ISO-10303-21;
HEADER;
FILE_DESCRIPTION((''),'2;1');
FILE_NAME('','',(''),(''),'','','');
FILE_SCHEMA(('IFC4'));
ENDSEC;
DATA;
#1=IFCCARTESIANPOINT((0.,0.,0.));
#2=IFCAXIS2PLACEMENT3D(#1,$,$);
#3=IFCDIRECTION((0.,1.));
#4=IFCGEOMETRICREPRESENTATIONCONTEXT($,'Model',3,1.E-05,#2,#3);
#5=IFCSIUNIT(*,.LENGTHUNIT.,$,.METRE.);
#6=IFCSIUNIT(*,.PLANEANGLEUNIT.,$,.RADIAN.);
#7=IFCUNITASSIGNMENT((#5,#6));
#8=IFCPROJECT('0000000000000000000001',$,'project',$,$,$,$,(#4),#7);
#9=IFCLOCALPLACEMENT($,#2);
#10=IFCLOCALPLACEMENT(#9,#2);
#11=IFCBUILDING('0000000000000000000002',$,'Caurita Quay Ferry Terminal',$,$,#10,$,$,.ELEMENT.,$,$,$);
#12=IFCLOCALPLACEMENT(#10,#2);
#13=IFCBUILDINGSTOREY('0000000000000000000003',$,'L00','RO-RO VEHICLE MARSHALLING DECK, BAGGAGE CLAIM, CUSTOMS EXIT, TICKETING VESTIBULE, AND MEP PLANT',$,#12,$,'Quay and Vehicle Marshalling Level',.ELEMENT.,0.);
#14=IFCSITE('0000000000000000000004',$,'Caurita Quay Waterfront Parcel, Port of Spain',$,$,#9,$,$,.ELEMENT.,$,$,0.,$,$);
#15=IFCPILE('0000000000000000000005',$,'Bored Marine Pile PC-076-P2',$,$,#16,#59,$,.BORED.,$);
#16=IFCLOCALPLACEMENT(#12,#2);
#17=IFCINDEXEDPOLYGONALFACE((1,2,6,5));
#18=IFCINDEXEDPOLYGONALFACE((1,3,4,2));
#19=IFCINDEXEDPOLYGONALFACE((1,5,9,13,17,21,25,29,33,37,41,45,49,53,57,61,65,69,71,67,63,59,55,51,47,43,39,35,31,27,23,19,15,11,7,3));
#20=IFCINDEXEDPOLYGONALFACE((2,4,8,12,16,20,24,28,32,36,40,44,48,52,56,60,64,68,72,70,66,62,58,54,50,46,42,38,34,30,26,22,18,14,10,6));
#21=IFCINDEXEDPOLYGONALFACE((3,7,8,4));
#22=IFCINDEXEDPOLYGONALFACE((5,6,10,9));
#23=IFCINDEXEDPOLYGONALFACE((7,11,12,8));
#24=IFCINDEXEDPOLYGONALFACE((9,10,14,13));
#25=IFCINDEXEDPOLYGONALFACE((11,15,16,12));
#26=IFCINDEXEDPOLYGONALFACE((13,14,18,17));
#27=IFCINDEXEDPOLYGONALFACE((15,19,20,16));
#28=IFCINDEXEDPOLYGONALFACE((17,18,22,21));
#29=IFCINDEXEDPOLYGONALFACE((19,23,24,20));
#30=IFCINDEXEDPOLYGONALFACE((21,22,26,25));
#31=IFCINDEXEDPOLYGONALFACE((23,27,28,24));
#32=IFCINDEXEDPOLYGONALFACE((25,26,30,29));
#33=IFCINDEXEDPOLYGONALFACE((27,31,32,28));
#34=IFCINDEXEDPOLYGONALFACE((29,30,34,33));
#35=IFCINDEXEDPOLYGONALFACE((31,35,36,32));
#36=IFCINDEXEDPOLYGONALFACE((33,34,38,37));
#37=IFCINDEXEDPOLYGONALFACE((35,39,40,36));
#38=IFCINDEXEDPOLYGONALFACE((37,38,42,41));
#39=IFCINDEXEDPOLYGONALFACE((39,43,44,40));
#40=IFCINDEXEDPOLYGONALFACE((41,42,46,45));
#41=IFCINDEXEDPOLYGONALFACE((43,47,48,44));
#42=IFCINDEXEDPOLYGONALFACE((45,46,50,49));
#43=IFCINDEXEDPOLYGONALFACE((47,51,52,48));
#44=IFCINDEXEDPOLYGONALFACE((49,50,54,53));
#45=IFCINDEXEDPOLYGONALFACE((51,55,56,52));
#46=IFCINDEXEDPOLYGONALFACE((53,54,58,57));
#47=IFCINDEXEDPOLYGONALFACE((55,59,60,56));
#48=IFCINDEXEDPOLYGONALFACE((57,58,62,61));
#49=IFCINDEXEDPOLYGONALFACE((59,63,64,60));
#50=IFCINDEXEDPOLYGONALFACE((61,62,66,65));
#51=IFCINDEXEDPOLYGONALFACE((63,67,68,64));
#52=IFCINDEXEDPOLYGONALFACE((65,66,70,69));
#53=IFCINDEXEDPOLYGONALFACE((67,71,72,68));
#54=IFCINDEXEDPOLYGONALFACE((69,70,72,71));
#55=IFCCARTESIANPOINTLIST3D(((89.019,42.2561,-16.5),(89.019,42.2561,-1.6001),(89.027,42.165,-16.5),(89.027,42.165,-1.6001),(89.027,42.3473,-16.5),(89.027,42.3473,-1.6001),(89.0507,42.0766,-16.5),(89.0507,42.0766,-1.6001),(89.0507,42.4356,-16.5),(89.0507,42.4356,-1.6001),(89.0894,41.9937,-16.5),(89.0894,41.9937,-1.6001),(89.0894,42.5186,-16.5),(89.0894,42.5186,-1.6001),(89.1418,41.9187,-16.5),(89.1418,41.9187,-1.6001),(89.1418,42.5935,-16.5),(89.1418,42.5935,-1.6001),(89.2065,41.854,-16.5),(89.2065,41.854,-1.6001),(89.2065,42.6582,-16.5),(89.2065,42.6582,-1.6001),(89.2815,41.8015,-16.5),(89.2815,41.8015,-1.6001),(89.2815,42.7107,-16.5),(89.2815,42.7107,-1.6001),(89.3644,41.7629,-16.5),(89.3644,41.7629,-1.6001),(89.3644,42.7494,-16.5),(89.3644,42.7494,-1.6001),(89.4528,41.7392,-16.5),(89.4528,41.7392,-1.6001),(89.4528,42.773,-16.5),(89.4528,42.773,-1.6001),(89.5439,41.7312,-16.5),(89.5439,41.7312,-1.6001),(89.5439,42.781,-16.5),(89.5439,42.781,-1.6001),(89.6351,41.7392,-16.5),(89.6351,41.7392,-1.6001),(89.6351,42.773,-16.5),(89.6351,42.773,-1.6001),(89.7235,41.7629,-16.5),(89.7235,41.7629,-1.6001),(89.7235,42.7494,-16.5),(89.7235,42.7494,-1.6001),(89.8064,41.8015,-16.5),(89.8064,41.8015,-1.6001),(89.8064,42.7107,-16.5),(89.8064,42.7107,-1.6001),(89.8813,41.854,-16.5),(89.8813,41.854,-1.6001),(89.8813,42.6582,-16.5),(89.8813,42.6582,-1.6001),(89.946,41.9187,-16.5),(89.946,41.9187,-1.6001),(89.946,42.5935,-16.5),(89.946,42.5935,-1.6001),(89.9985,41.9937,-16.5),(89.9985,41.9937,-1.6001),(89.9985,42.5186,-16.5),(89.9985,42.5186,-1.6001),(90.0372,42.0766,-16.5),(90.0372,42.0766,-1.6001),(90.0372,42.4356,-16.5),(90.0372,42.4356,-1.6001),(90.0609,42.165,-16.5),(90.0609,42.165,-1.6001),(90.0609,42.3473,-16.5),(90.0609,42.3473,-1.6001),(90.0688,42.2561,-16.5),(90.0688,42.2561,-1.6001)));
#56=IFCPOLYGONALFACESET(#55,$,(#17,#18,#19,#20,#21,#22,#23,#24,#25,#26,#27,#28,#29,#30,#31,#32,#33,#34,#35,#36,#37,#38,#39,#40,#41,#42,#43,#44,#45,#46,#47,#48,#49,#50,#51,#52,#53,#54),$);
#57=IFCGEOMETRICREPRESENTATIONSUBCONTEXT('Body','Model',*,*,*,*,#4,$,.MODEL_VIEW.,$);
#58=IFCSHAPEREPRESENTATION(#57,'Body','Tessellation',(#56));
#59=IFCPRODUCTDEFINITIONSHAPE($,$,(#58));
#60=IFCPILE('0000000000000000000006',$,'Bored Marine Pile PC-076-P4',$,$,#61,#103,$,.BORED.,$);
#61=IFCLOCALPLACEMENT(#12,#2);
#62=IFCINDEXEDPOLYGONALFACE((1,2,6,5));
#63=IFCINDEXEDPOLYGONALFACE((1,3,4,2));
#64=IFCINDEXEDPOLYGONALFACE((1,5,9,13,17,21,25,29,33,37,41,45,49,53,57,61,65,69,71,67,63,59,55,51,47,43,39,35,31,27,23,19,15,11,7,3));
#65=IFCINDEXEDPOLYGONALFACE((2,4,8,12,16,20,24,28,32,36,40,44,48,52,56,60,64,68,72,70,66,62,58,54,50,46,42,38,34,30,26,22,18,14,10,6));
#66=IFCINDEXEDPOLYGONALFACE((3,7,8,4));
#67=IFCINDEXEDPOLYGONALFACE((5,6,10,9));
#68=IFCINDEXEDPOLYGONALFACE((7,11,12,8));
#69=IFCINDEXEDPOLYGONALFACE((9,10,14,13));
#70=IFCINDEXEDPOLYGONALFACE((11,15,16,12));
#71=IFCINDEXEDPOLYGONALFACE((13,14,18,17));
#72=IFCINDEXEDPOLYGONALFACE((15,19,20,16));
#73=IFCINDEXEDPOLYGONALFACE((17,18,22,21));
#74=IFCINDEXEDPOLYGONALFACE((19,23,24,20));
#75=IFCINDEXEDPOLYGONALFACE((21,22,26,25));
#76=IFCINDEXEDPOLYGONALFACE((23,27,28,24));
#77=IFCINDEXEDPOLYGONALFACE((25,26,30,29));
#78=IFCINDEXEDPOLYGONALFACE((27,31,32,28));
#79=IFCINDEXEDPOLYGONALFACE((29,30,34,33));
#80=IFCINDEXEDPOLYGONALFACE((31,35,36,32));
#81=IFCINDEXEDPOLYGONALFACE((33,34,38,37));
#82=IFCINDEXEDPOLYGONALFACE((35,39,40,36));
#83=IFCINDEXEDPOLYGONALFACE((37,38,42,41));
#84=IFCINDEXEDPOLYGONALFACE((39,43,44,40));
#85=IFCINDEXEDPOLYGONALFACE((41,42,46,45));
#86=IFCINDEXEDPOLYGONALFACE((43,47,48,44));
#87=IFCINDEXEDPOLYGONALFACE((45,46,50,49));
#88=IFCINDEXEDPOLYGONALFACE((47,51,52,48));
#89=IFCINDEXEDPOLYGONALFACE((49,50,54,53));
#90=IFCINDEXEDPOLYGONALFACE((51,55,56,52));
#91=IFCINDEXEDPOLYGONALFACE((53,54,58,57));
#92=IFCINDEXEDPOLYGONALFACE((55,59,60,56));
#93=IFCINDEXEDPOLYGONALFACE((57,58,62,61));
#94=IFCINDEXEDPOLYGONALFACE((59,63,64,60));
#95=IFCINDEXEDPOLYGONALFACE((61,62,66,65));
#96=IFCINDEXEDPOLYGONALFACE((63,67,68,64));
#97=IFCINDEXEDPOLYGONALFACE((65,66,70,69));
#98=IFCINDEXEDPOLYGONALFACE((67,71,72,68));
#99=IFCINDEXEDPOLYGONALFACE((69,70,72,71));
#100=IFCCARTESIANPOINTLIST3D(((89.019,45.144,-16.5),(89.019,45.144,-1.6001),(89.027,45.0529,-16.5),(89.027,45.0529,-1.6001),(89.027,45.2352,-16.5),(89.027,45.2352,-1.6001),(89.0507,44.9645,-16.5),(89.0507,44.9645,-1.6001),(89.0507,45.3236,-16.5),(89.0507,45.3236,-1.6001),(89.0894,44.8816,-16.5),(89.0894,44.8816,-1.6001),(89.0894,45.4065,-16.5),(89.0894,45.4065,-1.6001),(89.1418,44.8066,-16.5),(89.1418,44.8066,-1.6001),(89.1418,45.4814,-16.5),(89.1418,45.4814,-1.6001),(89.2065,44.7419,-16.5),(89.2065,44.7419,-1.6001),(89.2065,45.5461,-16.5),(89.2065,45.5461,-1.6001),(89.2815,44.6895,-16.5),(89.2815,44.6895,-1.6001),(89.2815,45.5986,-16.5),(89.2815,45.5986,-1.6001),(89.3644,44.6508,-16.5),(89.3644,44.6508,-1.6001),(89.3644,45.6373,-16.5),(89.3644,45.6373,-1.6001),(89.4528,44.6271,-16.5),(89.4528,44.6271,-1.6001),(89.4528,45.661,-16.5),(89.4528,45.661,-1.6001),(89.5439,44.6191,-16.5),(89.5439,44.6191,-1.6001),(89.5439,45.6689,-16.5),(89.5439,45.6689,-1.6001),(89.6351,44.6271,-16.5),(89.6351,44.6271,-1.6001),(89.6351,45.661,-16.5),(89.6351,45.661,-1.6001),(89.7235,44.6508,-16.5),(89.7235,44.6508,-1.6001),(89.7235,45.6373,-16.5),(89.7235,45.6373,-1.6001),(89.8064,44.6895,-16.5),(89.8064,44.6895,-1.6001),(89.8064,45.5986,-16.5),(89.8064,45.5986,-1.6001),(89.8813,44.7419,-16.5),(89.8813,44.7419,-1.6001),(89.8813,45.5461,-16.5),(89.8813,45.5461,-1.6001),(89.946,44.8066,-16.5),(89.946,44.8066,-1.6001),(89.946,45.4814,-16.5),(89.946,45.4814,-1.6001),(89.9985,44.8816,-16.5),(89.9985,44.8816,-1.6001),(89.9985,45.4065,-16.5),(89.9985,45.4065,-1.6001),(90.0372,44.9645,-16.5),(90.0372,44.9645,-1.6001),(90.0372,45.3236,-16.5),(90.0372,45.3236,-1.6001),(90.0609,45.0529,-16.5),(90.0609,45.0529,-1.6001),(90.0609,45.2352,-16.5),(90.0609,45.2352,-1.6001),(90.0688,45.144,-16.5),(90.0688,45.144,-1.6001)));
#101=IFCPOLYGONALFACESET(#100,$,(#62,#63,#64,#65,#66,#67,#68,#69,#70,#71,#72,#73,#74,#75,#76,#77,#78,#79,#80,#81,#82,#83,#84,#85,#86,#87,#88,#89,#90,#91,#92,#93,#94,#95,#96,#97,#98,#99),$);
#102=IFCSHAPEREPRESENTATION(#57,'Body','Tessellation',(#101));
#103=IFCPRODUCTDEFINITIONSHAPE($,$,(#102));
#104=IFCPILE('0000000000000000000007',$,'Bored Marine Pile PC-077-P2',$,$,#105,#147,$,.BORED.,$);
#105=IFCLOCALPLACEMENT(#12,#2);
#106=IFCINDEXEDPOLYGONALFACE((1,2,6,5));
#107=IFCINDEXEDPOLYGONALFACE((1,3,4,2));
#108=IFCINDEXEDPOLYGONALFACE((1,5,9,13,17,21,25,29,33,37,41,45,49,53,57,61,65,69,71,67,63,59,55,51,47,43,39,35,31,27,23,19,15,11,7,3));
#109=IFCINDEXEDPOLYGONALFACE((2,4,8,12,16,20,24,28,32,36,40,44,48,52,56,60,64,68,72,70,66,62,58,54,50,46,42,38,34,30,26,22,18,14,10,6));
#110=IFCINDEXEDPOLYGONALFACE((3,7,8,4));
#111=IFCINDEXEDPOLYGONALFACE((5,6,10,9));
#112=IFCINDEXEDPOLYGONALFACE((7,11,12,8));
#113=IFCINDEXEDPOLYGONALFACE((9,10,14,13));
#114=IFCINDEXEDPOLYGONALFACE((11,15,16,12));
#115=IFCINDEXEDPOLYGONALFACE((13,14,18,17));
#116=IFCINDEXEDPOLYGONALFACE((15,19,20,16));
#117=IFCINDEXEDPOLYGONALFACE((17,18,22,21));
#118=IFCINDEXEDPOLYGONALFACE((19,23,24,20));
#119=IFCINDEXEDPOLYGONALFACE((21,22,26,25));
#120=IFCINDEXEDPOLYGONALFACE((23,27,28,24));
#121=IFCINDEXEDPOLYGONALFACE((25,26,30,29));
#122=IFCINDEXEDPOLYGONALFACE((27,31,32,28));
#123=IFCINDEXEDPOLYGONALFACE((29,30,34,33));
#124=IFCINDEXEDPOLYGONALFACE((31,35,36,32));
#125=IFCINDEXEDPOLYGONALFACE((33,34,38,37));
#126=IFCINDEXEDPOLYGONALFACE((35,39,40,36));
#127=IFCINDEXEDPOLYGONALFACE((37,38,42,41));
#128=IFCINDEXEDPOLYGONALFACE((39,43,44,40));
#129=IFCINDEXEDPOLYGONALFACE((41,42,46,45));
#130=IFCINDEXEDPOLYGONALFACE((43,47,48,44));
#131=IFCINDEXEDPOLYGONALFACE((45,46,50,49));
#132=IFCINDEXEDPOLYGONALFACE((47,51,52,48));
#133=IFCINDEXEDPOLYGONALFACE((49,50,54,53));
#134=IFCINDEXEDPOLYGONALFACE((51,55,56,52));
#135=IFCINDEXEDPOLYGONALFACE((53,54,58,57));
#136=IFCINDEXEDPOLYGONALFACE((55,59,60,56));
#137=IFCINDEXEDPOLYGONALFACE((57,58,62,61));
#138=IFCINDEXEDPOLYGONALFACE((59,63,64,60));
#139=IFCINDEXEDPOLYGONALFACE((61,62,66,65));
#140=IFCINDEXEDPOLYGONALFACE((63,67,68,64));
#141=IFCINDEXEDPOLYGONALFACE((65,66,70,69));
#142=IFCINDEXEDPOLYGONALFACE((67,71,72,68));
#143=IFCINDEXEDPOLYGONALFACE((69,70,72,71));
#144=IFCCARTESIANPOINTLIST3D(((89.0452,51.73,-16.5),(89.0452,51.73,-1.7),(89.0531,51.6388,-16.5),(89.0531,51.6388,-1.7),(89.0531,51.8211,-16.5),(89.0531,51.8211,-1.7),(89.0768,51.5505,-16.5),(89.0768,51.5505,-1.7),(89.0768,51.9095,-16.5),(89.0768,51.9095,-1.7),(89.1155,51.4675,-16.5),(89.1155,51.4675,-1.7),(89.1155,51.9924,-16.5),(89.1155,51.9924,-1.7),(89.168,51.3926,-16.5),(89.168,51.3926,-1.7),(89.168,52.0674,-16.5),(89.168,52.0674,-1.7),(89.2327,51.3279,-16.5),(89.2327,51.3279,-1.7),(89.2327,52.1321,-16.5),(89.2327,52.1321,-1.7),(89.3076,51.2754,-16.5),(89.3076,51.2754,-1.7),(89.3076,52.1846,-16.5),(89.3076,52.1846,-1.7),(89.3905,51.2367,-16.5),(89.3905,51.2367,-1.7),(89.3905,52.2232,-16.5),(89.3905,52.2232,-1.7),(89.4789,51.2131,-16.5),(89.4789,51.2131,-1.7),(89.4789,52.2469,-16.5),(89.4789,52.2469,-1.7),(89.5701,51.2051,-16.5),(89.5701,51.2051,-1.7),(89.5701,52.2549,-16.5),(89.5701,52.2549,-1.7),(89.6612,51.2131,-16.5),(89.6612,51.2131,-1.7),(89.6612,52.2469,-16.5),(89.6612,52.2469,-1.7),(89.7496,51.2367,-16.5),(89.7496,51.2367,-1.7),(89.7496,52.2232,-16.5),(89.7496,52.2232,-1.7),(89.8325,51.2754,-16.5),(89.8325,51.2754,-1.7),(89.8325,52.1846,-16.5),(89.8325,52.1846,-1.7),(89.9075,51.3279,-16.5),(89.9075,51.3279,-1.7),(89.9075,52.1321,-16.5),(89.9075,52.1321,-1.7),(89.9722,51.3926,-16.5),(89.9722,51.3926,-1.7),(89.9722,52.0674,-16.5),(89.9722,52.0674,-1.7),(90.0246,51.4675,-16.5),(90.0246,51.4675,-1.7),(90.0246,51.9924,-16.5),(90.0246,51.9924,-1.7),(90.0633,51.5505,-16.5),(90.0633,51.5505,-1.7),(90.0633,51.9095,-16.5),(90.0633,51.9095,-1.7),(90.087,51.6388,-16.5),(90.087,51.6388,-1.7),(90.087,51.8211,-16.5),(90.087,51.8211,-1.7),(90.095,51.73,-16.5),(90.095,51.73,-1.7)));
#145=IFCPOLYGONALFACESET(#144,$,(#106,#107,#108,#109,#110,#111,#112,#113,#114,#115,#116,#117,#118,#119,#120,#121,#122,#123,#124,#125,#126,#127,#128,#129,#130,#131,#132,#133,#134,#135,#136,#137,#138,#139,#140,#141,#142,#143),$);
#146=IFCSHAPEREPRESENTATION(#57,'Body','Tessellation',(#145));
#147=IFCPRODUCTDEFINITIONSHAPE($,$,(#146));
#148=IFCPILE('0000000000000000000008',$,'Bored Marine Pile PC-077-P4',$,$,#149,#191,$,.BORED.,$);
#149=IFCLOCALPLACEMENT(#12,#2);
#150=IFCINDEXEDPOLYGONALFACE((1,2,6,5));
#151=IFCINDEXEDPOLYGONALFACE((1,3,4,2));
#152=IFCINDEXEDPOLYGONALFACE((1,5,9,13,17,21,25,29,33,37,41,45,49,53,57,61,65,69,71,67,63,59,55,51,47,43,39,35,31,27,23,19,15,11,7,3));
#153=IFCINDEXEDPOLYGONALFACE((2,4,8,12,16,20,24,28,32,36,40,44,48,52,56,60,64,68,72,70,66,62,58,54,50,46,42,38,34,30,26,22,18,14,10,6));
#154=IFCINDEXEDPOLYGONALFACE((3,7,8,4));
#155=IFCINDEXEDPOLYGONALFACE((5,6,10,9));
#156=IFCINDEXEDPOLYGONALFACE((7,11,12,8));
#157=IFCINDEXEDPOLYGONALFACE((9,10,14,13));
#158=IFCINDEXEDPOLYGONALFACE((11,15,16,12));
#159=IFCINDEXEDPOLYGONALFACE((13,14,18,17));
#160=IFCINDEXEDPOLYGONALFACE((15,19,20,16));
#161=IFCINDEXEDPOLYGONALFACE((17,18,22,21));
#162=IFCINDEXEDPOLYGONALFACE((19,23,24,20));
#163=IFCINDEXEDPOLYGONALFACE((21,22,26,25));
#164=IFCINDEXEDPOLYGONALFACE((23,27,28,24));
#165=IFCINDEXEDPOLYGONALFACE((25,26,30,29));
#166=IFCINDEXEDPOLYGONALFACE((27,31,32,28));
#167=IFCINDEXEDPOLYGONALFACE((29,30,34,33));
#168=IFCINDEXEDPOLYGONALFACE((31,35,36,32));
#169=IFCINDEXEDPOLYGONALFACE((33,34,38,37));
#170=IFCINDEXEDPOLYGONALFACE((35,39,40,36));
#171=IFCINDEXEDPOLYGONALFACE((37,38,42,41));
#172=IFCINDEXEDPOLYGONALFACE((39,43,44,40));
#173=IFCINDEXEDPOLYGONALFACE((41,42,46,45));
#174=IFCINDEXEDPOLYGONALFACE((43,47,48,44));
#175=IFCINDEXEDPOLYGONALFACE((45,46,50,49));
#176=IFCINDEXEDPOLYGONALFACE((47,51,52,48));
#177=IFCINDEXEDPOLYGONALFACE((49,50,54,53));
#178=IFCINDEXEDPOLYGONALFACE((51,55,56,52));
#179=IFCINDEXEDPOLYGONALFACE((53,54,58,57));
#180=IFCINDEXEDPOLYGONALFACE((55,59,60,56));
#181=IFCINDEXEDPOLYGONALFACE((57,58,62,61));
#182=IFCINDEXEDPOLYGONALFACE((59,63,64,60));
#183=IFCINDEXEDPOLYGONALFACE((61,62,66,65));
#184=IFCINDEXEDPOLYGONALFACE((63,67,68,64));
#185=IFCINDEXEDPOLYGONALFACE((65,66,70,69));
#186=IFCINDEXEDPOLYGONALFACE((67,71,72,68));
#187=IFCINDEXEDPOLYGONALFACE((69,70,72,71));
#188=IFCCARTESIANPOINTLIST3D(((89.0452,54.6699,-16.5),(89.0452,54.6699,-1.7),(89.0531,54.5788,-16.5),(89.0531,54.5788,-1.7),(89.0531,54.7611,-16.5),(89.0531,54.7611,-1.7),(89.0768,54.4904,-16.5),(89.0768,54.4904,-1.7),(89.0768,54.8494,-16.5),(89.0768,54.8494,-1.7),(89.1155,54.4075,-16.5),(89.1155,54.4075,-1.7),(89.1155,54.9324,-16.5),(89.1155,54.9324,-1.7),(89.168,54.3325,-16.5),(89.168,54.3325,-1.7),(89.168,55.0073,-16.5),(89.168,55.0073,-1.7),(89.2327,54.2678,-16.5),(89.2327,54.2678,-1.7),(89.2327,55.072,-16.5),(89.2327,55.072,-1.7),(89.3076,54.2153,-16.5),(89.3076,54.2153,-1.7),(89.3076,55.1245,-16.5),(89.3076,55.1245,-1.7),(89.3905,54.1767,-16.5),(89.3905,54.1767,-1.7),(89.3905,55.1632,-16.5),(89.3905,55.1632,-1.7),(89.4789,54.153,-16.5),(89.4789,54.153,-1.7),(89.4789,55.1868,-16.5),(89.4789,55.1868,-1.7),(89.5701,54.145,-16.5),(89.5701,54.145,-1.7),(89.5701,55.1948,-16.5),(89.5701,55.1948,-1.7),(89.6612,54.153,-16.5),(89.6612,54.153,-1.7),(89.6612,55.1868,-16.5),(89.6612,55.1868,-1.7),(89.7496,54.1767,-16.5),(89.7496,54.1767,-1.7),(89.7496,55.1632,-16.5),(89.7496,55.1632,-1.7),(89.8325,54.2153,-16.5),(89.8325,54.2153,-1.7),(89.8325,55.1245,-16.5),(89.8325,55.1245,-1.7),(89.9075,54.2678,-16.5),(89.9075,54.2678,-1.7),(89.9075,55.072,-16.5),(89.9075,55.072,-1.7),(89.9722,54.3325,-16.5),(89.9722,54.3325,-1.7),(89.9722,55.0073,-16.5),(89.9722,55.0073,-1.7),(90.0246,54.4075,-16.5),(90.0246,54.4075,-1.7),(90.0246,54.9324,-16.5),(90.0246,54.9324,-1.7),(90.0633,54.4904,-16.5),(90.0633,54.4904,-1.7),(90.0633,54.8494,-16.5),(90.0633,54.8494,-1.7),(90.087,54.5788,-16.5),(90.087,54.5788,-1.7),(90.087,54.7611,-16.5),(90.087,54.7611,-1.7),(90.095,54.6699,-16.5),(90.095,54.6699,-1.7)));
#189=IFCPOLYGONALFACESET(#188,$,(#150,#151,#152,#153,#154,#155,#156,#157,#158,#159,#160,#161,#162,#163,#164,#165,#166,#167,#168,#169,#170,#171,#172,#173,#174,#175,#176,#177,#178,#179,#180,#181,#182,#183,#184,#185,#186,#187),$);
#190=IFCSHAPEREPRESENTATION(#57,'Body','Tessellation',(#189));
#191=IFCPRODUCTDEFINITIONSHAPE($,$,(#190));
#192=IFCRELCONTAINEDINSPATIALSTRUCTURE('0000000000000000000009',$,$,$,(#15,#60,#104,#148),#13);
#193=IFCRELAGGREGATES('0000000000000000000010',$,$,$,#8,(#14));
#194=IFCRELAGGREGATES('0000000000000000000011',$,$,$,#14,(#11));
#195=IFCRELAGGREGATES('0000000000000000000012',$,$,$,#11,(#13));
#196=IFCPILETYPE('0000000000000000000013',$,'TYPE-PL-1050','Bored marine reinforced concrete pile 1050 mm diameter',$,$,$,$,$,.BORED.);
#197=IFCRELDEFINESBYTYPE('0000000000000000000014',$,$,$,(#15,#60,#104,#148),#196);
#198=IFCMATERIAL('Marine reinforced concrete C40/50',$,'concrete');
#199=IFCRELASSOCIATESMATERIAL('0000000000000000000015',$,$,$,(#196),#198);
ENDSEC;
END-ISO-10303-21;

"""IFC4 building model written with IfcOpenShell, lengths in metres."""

from ifc_helpers import new_model, si_unit, direction, frame, origin, origin_2d, place, context, subcontext, project, spatial, circle, extrude, material, material_profile, profile_set, type_object, element, save


model = new_model("IFC4")

# Units and contexts
model_context = context("Model", 3, precision=1e-05, world=origin(), true_north=direction((0.0, 1.0)))
body_context = subcontext(model_context, "Body", "Model", "MODEL_VIEW")
ifc_project = project(units=[si_unit("LENGTHUNIT", "METRE"), si_unit("PLANEANGLEUNIT", "RADIAN")], contexts=[model_context])

# Site, building, storey
site_placement = place(None, origin())
site = spatial("IfcSite", under=ifc_project, at=site_placement, Name="Caurita Quay Waterfront Parcel, Port of Spain", CompositionType="ELEMENT", RefElevation=0.0)
building_placement = place(site_placement, origin())
building = spatial("IfcBuilding", under=site, at=building_placement, Name="Caurita Quay Ferry Terminal", CompositionType="ELEMENT")
storey_placement = place(building_placement, origin())
storey = spatial("IfcBuildingStorey", under=building, at=storey_placement, Name="L00", Description="RO-RO VEHICLE MARSHALLING DECK, BAGGAGE CLAIM, CUSTOMS EXIT, TICKETING VESTIBULE, AND MEP PLANT", LongName="Quay and Vehicle Marshalling Level", CompositionType="ELEMENT", Elevation=0.0)

# Piles
ifc_material_1 = material(Name="Marine reinforced concrete C40/50", Category="concrete")
ifc_material_profile_1 = material_profile(ifc_material_1, circle(Radius=0.5249, at=origin_2d()), Name="PILE-D1050")
ifc_profile_set_1 = profile_set([ifc_material_profile_1], Name="Marine reinforced concrete C40/50")
pile_type_1 = type_object("IfcPileType", Name="TYPE-PL-1050", Description="Bored marine reinforced concrete pile 1050 mm diameter", PredefinedType="BORED", material=ifc_profile_set_1)
for number, where, z_axis, x_axis, name in (
    (1, (89.5439, 42.2561, -1.6001), (0.0, 0.0, -1.0), (1.0, 0.0, 0.0), "Bored Marine Pile PC-076-P2"),
    (2, (89.5439, 45.144, -1.6001), (0.0, 0.0, -1.0), (1.0, 0.0, 0.0), "Bored Marine Pile PC-076-P4"),
):
    element("IfcPile", number, at=place(storey_placement, frame(where, z_axis=z_axis, x_axis=x_axis)), inside=storey, type_object=pile_type_1, Name=name, PredefinedType="BORED", context=body_context, shape_type="SweptSolid", body=[
        extrude(circle(Radius=0.5249, at=origin_2d()), origin(), (0.0, 0.0, 1.0), 14.8999),
    ])
for number, where, z_axis, x_axis, name in (
    (3, (89.5701, 51.73, -1.7), (0.0, 0.0, -1.0), (1.0, 0.0, 0.0), "Bored Marine Pile PC-077-P2"),
    (4, (89.5701, 54.6699, -1.7), (0.0, 0.0, -1.0), (1.0, 0.0, 0.0), "Bored Marine Pile PC-077-P4"),
):
    element("IfcPile", number, at=place(storey_placement, frame(where, z_axis=z_axis, x_axis=x_axis)), inside=storey, type_object=pile_type_1, Name=name, PredefinedType="BORED", context=body_context, shape_type="SweptSolid", body=[
        extrude(circle(Radius=0.5249, at=origin_2d()), origin(), (0.0, 0.0, 1.0), 14.8),
    ])

save(model, "model.ifc")
